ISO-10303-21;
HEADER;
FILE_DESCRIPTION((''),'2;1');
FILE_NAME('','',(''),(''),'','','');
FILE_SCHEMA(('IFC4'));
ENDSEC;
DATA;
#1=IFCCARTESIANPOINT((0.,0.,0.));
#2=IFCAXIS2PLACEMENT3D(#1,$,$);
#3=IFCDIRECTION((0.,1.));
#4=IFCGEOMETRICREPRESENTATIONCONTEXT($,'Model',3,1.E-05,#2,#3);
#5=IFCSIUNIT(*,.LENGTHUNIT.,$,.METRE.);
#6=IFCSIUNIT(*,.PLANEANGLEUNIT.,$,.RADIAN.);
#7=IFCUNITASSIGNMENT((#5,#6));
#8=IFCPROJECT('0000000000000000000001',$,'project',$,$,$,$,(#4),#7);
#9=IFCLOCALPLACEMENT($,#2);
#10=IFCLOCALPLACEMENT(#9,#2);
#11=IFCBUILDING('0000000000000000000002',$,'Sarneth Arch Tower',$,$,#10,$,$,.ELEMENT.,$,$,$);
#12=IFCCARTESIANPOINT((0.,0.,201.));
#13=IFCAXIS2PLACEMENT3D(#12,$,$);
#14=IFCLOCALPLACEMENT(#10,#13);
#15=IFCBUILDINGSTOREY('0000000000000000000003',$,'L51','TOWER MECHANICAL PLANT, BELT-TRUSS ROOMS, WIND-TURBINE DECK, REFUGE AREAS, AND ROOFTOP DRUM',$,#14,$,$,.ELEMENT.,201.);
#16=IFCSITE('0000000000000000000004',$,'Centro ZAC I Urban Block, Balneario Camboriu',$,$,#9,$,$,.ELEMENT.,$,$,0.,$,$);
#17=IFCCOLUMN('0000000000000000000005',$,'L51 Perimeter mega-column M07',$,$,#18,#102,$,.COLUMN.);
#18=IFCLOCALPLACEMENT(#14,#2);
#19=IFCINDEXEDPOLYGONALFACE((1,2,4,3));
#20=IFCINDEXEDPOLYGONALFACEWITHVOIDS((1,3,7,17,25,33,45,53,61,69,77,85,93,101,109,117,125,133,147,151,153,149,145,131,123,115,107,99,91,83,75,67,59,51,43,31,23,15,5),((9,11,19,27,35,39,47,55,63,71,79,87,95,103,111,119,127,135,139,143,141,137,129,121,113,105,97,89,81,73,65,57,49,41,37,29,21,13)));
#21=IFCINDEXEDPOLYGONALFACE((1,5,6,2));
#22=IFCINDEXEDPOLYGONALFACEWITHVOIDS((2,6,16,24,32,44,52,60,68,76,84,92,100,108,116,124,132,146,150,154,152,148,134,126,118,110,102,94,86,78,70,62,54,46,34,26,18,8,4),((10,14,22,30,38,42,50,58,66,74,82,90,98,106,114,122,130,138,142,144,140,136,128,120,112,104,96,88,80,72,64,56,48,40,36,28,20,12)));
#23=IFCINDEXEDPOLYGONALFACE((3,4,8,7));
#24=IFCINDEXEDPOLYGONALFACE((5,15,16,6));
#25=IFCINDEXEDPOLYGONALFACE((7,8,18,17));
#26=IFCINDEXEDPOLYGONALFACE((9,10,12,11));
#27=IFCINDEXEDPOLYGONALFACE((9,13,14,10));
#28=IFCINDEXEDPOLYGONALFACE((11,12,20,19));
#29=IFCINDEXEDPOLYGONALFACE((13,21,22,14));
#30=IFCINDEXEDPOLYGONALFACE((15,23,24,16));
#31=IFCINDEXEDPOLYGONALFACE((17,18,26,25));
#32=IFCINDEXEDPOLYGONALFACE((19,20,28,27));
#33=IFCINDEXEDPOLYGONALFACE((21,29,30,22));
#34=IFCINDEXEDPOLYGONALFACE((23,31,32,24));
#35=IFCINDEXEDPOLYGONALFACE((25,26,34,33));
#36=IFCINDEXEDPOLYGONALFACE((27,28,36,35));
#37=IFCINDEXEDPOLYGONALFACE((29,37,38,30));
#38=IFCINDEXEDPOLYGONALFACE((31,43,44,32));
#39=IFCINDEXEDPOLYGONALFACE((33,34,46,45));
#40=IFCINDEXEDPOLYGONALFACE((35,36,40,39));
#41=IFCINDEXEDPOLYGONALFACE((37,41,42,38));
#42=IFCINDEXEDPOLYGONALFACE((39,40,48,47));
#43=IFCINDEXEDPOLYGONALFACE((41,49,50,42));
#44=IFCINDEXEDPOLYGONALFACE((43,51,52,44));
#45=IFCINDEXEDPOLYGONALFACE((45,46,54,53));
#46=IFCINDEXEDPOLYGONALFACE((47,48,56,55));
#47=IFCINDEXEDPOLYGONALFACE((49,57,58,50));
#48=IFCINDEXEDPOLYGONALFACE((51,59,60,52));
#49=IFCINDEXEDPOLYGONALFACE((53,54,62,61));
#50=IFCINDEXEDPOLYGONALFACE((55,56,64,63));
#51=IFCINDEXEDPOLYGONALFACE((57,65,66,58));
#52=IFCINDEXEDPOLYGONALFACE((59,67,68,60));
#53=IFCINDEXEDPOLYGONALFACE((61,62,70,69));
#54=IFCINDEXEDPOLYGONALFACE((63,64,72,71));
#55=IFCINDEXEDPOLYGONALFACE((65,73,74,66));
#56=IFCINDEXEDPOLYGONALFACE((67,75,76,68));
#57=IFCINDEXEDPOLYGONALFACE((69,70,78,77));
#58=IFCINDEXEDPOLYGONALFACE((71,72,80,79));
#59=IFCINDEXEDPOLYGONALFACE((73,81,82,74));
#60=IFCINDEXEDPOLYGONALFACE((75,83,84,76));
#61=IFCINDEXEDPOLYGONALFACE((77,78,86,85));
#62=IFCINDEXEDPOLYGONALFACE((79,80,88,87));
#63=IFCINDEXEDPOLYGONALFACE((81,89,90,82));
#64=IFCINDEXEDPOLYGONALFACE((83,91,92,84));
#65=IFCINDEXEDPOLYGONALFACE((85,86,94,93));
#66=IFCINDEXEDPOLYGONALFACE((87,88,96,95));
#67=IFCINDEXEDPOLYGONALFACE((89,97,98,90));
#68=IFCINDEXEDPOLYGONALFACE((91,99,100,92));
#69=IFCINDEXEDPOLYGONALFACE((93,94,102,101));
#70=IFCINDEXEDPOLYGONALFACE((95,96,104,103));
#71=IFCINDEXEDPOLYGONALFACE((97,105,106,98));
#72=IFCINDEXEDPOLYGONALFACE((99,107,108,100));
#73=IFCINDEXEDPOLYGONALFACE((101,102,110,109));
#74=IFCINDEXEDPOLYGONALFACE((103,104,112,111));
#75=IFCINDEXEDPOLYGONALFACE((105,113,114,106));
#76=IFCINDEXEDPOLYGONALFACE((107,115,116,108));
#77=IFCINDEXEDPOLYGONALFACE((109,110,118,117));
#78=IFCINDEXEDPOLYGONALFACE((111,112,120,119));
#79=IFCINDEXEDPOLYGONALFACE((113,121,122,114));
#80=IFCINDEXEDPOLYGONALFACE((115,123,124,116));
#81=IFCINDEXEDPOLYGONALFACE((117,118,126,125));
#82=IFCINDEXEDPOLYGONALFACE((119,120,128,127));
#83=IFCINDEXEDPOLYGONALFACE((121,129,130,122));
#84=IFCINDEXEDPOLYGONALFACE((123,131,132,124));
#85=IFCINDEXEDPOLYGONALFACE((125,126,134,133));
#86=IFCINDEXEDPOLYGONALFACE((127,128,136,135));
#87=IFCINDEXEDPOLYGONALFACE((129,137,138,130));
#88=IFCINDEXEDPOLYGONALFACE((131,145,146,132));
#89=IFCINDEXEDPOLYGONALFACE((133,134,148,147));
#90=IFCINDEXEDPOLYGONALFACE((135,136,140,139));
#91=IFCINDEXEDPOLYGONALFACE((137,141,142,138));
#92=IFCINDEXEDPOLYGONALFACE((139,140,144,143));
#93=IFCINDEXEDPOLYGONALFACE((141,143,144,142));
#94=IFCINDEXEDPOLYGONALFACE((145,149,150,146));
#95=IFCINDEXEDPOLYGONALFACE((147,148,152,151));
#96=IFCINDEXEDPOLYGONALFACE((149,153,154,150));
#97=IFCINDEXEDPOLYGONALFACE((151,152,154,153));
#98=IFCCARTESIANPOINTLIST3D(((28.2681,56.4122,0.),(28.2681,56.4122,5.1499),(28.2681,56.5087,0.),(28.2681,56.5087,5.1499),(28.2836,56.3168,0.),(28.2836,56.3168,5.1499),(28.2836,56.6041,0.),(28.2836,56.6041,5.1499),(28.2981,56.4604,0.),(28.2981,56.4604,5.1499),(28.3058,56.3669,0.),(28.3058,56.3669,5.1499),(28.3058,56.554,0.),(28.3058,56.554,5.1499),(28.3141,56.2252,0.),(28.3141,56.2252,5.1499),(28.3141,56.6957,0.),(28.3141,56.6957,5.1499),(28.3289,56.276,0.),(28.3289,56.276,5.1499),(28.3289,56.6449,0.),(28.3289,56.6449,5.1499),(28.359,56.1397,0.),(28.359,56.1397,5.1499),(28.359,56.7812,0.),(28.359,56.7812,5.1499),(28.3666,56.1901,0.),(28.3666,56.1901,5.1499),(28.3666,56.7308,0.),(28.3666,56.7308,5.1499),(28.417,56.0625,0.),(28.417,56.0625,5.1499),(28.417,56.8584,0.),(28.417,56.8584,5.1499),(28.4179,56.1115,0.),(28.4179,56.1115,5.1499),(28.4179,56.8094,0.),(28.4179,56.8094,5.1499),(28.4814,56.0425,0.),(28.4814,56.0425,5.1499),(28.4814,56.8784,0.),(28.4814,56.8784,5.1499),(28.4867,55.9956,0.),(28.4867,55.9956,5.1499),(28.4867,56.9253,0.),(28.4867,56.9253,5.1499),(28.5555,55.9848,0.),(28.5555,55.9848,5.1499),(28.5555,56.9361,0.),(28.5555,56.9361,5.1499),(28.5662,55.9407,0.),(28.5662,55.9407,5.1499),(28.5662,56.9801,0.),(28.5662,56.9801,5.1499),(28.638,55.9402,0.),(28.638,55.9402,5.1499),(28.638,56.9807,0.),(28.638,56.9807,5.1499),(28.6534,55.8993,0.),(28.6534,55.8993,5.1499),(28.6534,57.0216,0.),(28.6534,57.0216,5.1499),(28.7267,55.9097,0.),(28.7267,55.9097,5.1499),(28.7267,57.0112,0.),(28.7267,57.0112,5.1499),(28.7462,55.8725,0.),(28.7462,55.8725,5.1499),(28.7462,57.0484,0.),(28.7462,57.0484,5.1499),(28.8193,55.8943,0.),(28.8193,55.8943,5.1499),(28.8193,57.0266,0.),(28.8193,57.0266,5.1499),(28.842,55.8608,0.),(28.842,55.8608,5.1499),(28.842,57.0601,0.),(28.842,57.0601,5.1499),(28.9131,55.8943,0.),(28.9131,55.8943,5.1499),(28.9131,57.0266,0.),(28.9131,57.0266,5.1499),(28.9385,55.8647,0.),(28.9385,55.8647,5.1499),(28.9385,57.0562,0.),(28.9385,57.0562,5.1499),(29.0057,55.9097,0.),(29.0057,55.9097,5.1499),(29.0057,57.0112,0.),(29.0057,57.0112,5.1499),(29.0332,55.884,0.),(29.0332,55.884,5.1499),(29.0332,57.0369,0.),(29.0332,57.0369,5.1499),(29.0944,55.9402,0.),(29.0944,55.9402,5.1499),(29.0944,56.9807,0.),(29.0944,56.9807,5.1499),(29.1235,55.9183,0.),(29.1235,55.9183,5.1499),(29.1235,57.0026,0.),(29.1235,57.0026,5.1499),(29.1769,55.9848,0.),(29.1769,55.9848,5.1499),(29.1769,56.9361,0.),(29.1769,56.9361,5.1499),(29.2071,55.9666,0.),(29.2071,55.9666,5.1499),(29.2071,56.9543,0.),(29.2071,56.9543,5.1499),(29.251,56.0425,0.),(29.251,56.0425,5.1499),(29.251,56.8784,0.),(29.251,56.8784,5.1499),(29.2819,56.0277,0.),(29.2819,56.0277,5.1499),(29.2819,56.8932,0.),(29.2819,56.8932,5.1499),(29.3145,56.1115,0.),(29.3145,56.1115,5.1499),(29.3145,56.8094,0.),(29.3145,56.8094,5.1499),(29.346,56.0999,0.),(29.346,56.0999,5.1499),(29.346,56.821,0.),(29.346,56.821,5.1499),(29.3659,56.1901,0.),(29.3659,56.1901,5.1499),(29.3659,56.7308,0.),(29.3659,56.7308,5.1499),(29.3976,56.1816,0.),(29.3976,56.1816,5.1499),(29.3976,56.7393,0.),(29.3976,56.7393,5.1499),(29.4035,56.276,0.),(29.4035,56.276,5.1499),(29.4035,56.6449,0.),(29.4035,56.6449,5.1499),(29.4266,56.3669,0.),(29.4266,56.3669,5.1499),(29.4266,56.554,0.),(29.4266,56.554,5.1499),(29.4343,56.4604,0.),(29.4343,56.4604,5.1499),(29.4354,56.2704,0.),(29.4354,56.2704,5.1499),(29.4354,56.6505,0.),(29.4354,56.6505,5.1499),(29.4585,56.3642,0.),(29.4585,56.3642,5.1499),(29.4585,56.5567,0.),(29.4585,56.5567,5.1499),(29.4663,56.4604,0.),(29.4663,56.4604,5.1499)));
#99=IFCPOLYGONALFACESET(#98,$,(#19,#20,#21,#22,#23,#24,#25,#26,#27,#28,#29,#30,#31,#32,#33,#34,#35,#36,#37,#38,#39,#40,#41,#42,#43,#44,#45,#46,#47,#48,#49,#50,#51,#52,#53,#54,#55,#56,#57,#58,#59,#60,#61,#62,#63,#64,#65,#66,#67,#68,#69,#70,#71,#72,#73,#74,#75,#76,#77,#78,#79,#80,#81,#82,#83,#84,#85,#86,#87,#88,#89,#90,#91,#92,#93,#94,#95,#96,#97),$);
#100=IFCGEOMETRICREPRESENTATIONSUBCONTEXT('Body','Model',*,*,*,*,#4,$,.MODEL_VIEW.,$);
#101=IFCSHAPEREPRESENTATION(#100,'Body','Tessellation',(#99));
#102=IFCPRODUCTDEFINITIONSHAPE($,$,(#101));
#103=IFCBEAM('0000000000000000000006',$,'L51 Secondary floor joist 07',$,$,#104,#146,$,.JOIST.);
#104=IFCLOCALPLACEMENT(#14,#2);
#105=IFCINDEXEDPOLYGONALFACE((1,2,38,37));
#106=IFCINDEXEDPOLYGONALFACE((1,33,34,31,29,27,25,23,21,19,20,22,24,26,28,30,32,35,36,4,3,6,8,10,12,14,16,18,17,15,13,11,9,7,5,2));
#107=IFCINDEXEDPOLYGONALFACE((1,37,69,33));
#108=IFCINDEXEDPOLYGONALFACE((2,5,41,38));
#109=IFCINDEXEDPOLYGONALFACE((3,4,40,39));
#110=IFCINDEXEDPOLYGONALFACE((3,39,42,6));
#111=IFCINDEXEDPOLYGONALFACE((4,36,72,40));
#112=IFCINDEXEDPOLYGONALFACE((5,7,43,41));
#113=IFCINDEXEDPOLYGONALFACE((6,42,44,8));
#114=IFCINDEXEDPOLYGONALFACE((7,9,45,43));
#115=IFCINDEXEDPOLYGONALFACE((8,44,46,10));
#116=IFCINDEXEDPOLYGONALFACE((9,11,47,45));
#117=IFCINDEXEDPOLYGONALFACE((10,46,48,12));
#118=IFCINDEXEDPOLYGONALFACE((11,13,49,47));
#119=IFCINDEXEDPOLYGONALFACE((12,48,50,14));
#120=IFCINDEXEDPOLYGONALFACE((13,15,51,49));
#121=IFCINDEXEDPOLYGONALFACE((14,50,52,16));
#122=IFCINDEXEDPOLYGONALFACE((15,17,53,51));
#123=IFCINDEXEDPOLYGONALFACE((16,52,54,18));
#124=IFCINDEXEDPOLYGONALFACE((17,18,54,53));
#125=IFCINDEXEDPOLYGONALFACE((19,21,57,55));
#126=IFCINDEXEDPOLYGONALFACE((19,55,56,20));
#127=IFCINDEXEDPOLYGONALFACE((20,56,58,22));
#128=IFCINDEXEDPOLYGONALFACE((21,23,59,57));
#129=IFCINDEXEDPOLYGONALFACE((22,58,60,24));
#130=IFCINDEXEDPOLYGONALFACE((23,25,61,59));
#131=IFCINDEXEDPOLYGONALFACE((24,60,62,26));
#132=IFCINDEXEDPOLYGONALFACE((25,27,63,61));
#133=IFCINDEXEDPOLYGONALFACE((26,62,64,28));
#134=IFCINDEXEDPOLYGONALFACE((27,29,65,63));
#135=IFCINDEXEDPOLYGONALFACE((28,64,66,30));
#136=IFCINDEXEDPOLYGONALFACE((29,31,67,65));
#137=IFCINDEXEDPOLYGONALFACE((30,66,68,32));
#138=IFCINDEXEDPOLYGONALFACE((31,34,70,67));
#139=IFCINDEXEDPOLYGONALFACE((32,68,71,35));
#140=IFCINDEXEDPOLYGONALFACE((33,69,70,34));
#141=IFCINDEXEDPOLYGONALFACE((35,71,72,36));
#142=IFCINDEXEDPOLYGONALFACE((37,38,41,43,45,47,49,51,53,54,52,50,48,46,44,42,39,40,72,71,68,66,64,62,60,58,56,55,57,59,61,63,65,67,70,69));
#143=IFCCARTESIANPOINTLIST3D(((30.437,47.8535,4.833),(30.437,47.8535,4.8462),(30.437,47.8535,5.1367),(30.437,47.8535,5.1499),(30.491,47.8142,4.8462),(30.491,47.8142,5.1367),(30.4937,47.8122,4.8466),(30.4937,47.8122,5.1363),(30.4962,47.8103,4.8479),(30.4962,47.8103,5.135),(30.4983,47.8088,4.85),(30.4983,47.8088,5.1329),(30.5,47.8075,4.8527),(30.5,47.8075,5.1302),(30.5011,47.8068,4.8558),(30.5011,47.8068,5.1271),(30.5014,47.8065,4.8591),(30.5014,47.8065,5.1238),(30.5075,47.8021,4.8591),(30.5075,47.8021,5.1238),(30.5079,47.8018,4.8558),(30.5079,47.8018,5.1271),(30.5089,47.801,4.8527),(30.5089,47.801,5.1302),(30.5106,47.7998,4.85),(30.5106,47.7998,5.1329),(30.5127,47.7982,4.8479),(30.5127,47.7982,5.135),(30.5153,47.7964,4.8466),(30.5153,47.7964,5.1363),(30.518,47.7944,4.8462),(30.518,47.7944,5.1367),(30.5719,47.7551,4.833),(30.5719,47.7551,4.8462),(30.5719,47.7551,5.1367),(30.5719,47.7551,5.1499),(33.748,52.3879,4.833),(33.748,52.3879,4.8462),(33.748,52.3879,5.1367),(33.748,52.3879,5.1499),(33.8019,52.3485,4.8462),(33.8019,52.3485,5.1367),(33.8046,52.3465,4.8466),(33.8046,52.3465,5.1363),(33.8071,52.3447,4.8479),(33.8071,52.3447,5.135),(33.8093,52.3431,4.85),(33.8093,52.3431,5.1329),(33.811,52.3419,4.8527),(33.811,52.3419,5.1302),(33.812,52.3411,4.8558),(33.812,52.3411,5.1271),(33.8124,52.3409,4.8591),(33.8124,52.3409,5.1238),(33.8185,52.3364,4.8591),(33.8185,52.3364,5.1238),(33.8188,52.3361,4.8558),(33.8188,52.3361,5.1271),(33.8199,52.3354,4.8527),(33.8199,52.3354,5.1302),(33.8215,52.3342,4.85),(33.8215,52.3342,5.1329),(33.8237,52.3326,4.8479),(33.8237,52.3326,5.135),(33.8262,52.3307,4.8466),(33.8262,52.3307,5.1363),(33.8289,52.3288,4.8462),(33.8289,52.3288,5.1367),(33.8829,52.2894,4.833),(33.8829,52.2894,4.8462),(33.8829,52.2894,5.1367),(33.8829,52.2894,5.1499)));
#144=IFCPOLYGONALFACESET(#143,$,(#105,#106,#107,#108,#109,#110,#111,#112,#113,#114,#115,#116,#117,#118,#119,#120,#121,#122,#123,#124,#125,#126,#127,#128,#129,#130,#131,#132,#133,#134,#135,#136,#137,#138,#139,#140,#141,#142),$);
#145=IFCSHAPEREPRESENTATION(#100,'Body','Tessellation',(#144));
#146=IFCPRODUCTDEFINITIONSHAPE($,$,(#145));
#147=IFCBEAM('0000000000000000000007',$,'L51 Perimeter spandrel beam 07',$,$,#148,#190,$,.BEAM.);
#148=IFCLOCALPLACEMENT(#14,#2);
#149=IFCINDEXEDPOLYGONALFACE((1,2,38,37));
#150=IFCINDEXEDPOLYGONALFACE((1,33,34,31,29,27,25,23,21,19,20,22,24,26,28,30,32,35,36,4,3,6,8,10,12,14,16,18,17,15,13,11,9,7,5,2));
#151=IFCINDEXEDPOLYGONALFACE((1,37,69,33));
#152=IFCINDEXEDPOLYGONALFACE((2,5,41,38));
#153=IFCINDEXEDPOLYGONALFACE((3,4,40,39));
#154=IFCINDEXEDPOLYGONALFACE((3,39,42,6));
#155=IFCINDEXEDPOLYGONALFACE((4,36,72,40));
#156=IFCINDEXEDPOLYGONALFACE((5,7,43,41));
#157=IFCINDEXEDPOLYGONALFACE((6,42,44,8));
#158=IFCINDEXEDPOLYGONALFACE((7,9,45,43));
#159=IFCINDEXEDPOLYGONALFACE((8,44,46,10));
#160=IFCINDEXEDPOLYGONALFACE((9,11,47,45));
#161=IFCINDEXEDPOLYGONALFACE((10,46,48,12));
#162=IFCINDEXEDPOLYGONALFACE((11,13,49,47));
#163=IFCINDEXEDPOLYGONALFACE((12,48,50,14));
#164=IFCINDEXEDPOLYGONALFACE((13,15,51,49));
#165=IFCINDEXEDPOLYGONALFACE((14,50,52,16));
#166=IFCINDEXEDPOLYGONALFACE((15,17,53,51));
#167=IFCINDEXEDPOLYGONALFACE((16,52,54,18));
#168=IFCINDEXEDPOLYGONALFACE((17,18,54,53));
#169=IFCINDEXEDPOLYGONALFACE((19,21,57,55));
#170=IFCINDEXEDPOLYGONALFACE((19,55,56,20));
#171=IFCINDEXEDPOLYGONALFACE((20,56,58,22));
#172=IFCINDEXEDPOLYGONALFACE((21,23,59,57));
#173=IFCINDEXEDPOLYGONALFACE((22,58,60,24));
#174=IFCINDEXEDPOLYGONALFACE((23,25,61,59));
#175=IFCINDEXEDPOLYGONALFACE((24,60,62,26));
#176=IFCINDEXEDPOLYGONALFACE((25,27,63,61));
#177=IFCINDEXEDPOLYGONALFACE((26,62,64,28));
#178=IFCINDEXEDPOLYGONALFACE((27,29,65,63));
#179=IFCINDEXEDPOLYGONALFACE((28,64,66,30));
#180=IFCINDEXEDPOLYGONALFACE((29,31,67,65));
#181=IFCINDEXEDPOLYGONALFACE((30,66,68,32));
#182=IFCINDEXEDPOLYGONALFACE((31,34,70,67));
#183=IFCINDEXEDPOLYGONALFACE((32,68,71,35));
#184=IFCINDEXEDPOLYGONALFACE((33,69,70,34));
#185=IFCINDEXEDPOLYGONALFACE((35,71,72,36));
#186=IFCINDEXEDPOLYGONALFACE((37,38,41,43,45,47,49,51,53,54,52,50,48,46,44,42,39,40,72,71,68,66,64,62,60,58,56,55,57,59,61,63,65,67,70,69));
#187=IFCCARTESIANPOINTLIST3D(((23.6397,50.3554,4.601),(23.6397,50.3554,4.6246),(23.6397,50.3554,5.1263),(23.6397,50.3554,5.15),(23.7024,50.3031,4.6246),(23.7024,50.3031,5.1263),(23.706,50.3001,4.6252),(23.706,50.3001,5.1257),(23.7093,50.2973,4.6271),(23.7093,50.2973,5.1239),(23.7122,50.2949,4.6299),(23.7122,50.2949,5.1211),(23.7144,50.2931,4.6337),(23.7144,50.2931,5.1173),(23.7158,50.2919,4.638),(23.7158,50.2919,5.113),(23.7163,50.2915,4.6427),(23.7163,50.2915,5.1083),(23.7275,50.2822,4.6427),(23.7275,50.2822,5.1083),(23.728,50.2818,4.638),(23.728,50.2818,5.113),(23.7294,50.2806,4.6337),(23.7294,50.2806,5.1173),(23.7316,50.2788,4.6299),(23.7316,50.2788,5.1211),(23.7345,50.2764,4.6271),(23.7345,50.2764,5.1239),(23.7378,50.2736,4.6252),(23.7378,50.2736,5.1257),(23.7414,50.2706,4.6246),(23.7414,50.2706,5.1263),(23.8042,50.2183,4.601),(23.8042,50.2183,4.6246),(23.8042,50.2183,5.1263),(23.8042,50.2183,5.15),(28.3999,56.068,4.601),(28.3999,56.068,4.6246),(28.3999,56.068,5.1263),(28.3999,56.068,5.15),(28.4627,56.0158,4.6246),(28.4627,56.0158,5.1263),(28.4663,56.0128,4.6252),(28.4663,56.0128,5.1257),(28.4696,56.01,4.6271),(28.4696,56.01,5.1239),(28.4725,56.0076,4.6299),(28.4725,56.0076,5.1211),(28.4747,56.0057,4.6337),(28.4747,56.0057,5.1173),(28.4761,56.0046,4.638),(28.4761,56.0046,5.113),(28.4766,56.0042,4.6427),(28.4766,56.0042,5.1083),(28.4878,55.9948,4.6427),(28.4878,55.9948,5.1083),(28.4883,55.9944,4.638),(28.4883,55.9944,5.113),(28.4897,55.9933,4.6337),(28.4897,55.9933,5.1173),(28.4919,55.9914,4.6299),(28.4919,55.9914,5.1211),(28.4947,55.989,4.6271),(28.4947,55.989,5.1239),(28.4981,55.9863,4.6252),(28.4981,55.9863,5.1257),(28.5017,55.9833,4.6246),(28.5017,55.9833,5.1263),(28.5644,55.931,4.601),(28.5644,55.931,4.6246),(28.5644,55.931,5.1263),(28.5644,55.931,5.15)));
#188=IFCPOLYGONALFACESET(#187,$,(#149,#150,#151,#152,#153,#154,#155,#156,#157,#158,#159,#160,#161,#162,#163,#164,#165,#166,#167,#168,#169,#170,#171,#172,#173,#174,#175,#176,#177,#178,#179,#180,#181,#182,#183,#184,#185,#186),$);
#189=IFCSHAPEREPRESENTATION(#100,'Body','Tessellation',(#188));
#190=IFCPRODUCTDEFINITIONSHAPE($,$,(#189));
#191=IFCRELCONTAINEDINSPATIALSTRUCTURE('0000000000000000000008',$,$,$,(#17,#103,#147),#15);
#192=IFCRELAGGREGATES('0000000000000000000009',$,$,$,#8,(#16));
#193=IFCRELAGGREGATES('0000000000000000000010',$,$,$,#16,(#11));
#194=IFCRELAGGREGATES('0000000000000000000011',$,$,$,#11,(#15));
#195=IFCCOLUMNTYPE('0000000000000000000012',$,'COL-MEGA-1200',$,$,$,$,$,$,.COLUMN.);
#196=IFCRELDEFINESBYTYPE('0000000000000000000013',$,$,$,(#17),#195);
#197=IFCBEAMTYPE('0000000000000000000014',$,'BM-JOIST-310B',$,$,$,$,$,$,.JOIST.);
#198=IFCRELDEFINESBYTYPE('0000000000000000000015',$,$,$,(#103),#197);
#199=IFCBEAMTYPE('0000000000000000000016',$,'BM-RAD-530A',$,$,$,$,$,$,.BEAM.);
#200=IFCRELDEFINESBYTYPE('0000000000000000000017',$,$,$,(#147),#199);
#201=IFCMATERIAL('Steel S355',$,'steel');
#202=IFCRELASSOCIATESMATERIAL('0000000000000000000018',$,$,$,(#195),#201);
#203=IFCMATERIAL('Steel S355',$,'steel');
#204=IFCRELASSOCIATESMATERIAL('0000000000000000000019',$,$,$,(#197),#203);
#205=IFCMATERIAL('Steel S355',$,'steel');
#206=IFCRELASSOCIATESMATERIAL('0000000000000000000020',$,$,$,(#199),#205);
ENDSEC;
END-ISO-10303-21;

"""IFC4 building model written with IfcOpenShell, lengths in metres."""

from ifc_helpers import new_model, si_unit, direction, frame, origin, origin_2d, place, context, subcontext, project, spatial, hollow_circle, i_section, extrude, material, material_profile, profile_set, type_object, element, save


model = new_model("IFC4")

# Units and contexts
model_context = context("Model", 3, precision=1e-05, world=origin(), true_north=direction((0.0, 1.0)))
body_context = subcontext(model_context, "Body", "Model", "MODEL_VIEW")
ifc_project = project(units=[si_unit("LENGTHUNIT", "METRE"), si_unit("PLANEANGLEUNIT", "RADIAN")], contexts=[model_context])

# Site, building, storey
site_placement = place(None, origin())
site = spatial("IfcSite", under=ifc_project, at=site_placement, Name="Centro ZAC I Urban Block, Balneario Camboriu", CompositionType="ELEMENT", RefElevation=0.0)
building_placement = place(site_placement, origin())
building = spatial("IfcBuilding", under=site, at=building_placement, Name="Sarneth Arch Tower", CompositionType="ELEMENT")
storey_placement = place(building_placement, frame((0.0, 0.0, 201.0)))
storey = spatial("IfcBuildingStorey", under=building, at=storey_placement, Name="L51", Description="TOWER MECHANICAL PLANT, BELT-TRUSS ROOMS, WIND-TURBINE DECK, REFUGE AREAS, AND ROOFTOP DRUM", CompositionType="ELEMENT", Elevation=201.0)

# Column
ifc_material_1 = material(Name="Steel S355", Category="steel")
ifc_material_profile_1 = material_profile(ifc_material_1, hollow_circle(Radius=0.6001, WallThickness=0.032, at=origin_2d()), Name="CHS1200x32")
ifc_profile_set_1 = profile_set([ifc_material_profile_1], Name="Steel S355")
column_type = type_object("IfcColumnType", Name="COL-MEGA-1200", PredefinedType="COLUMN", material=ifc_profile_set_1)
column_placement = place(storey_placement, frame((28.8662, 56.4604, 0.0), z_axis=(0.0, 0.0, 1.0), x_axis=(1.0, 0.0, 0.0)))
element("IfcColumn", 1, at=column_placement, inside=storey, type_object=column_type, Name="L51 Perimeter mega-column M07", PredefinedType="COLUMN", context=body_context, shape_type="SweptSolid", body=[
    extrude(hollow_circle(Radius=0.6001, WallThickness=0.032, at=origin_2d()), origin(), (0.0, 0.0, 1.0), 5.1499),
])

# Beams
ifc_material_2 = material(Name="Steel S355", Category="steel")
ifc_material_profile_2 = material_profile(ifc_material_2, i_section(OverallWidth=0.167, OverallDepth=0.3169, WebThickness=0.0076, FlangeThickness=0.0132, FilletRadius=0.0129, at=origin_2d()), Name="W310x52")
ifc_profile_set_2 = profile_set([ifc_material_profile_2], Name="Steel S355")
beam_type_1 = type_object("IfcBeamType", Name="BM-JOIST-310B", PredefinedType="JOIST", material=ifc_profile_set_2)
beam_1_placement = place(storey_placement, frame((33.8154, 52.3386, 4.9915), z_axis=(-0.589717, -0.80761, 0.0), x_axis=(0.80761, -0.589717, 0.0)))
element("IfcBeam", 2, at=beam_1_placement, inside=storey, type_object=beam_type_1, Name="L51 Secondary floor joist 07", PredefinedType="JOIST", context=body_context, shape_type="SweptSolid", body=[
    extrude(i_section(OverallWidth=0.167, OverallDepth=0.3169, WebThickness=0.0076, FlangeThickness=0.0132, FilletRadius=0.0129, at=origin_2d()), origin(), (0.0, 0.0, 1.0), 5.6145),
])
ifc_material_3 = material(Name="Steel S355", Category="steel")
ifc_material_profile_3 = material_profile(ifc_material_3, i_section(OverallWidth=0.2141, OverallDepth=0.5491, WebThickness=0.0146, FlangeThickness=0.0237, FilletRadius=0.0181, at=origin_2d()), Name="W530x138")
ifc_profile_set_3 = profile_set([ifc_material_profile_3], Name="Steel S355")
beam_type_2 = type_object("IfcBeamType", Name="BM-RAD-530A", PredefinedType="BEAM", material=ifc_profile_set_3)
beam_2_placement = place(storey_placement, frame((28.4822, 55.9995, 4.8755), z_axis=(-0.640162, -0.76824, 0.0), x_axis=(0.76824, -0.640162, 0.0)))
element("IfcBeam", 3, at=beam_2_placement, inside=storey, type_object=beam_type_2, Name="L51 Perimeter spandrel beam 07", PredefinedType="BEAM", context=body_context, shape_type="SweptSolid", body=[
    extrude(i_section(OverallWidth=0.2141, OverallDepth=0.5491, WebThickness=0.0146, FlangeThickness=0.0237, FilletRadius=0.0181, at=origin_2d()), origin(), (0.0, 0.0, 1.0), 7.436),
])

save(model, "model.ifc")
